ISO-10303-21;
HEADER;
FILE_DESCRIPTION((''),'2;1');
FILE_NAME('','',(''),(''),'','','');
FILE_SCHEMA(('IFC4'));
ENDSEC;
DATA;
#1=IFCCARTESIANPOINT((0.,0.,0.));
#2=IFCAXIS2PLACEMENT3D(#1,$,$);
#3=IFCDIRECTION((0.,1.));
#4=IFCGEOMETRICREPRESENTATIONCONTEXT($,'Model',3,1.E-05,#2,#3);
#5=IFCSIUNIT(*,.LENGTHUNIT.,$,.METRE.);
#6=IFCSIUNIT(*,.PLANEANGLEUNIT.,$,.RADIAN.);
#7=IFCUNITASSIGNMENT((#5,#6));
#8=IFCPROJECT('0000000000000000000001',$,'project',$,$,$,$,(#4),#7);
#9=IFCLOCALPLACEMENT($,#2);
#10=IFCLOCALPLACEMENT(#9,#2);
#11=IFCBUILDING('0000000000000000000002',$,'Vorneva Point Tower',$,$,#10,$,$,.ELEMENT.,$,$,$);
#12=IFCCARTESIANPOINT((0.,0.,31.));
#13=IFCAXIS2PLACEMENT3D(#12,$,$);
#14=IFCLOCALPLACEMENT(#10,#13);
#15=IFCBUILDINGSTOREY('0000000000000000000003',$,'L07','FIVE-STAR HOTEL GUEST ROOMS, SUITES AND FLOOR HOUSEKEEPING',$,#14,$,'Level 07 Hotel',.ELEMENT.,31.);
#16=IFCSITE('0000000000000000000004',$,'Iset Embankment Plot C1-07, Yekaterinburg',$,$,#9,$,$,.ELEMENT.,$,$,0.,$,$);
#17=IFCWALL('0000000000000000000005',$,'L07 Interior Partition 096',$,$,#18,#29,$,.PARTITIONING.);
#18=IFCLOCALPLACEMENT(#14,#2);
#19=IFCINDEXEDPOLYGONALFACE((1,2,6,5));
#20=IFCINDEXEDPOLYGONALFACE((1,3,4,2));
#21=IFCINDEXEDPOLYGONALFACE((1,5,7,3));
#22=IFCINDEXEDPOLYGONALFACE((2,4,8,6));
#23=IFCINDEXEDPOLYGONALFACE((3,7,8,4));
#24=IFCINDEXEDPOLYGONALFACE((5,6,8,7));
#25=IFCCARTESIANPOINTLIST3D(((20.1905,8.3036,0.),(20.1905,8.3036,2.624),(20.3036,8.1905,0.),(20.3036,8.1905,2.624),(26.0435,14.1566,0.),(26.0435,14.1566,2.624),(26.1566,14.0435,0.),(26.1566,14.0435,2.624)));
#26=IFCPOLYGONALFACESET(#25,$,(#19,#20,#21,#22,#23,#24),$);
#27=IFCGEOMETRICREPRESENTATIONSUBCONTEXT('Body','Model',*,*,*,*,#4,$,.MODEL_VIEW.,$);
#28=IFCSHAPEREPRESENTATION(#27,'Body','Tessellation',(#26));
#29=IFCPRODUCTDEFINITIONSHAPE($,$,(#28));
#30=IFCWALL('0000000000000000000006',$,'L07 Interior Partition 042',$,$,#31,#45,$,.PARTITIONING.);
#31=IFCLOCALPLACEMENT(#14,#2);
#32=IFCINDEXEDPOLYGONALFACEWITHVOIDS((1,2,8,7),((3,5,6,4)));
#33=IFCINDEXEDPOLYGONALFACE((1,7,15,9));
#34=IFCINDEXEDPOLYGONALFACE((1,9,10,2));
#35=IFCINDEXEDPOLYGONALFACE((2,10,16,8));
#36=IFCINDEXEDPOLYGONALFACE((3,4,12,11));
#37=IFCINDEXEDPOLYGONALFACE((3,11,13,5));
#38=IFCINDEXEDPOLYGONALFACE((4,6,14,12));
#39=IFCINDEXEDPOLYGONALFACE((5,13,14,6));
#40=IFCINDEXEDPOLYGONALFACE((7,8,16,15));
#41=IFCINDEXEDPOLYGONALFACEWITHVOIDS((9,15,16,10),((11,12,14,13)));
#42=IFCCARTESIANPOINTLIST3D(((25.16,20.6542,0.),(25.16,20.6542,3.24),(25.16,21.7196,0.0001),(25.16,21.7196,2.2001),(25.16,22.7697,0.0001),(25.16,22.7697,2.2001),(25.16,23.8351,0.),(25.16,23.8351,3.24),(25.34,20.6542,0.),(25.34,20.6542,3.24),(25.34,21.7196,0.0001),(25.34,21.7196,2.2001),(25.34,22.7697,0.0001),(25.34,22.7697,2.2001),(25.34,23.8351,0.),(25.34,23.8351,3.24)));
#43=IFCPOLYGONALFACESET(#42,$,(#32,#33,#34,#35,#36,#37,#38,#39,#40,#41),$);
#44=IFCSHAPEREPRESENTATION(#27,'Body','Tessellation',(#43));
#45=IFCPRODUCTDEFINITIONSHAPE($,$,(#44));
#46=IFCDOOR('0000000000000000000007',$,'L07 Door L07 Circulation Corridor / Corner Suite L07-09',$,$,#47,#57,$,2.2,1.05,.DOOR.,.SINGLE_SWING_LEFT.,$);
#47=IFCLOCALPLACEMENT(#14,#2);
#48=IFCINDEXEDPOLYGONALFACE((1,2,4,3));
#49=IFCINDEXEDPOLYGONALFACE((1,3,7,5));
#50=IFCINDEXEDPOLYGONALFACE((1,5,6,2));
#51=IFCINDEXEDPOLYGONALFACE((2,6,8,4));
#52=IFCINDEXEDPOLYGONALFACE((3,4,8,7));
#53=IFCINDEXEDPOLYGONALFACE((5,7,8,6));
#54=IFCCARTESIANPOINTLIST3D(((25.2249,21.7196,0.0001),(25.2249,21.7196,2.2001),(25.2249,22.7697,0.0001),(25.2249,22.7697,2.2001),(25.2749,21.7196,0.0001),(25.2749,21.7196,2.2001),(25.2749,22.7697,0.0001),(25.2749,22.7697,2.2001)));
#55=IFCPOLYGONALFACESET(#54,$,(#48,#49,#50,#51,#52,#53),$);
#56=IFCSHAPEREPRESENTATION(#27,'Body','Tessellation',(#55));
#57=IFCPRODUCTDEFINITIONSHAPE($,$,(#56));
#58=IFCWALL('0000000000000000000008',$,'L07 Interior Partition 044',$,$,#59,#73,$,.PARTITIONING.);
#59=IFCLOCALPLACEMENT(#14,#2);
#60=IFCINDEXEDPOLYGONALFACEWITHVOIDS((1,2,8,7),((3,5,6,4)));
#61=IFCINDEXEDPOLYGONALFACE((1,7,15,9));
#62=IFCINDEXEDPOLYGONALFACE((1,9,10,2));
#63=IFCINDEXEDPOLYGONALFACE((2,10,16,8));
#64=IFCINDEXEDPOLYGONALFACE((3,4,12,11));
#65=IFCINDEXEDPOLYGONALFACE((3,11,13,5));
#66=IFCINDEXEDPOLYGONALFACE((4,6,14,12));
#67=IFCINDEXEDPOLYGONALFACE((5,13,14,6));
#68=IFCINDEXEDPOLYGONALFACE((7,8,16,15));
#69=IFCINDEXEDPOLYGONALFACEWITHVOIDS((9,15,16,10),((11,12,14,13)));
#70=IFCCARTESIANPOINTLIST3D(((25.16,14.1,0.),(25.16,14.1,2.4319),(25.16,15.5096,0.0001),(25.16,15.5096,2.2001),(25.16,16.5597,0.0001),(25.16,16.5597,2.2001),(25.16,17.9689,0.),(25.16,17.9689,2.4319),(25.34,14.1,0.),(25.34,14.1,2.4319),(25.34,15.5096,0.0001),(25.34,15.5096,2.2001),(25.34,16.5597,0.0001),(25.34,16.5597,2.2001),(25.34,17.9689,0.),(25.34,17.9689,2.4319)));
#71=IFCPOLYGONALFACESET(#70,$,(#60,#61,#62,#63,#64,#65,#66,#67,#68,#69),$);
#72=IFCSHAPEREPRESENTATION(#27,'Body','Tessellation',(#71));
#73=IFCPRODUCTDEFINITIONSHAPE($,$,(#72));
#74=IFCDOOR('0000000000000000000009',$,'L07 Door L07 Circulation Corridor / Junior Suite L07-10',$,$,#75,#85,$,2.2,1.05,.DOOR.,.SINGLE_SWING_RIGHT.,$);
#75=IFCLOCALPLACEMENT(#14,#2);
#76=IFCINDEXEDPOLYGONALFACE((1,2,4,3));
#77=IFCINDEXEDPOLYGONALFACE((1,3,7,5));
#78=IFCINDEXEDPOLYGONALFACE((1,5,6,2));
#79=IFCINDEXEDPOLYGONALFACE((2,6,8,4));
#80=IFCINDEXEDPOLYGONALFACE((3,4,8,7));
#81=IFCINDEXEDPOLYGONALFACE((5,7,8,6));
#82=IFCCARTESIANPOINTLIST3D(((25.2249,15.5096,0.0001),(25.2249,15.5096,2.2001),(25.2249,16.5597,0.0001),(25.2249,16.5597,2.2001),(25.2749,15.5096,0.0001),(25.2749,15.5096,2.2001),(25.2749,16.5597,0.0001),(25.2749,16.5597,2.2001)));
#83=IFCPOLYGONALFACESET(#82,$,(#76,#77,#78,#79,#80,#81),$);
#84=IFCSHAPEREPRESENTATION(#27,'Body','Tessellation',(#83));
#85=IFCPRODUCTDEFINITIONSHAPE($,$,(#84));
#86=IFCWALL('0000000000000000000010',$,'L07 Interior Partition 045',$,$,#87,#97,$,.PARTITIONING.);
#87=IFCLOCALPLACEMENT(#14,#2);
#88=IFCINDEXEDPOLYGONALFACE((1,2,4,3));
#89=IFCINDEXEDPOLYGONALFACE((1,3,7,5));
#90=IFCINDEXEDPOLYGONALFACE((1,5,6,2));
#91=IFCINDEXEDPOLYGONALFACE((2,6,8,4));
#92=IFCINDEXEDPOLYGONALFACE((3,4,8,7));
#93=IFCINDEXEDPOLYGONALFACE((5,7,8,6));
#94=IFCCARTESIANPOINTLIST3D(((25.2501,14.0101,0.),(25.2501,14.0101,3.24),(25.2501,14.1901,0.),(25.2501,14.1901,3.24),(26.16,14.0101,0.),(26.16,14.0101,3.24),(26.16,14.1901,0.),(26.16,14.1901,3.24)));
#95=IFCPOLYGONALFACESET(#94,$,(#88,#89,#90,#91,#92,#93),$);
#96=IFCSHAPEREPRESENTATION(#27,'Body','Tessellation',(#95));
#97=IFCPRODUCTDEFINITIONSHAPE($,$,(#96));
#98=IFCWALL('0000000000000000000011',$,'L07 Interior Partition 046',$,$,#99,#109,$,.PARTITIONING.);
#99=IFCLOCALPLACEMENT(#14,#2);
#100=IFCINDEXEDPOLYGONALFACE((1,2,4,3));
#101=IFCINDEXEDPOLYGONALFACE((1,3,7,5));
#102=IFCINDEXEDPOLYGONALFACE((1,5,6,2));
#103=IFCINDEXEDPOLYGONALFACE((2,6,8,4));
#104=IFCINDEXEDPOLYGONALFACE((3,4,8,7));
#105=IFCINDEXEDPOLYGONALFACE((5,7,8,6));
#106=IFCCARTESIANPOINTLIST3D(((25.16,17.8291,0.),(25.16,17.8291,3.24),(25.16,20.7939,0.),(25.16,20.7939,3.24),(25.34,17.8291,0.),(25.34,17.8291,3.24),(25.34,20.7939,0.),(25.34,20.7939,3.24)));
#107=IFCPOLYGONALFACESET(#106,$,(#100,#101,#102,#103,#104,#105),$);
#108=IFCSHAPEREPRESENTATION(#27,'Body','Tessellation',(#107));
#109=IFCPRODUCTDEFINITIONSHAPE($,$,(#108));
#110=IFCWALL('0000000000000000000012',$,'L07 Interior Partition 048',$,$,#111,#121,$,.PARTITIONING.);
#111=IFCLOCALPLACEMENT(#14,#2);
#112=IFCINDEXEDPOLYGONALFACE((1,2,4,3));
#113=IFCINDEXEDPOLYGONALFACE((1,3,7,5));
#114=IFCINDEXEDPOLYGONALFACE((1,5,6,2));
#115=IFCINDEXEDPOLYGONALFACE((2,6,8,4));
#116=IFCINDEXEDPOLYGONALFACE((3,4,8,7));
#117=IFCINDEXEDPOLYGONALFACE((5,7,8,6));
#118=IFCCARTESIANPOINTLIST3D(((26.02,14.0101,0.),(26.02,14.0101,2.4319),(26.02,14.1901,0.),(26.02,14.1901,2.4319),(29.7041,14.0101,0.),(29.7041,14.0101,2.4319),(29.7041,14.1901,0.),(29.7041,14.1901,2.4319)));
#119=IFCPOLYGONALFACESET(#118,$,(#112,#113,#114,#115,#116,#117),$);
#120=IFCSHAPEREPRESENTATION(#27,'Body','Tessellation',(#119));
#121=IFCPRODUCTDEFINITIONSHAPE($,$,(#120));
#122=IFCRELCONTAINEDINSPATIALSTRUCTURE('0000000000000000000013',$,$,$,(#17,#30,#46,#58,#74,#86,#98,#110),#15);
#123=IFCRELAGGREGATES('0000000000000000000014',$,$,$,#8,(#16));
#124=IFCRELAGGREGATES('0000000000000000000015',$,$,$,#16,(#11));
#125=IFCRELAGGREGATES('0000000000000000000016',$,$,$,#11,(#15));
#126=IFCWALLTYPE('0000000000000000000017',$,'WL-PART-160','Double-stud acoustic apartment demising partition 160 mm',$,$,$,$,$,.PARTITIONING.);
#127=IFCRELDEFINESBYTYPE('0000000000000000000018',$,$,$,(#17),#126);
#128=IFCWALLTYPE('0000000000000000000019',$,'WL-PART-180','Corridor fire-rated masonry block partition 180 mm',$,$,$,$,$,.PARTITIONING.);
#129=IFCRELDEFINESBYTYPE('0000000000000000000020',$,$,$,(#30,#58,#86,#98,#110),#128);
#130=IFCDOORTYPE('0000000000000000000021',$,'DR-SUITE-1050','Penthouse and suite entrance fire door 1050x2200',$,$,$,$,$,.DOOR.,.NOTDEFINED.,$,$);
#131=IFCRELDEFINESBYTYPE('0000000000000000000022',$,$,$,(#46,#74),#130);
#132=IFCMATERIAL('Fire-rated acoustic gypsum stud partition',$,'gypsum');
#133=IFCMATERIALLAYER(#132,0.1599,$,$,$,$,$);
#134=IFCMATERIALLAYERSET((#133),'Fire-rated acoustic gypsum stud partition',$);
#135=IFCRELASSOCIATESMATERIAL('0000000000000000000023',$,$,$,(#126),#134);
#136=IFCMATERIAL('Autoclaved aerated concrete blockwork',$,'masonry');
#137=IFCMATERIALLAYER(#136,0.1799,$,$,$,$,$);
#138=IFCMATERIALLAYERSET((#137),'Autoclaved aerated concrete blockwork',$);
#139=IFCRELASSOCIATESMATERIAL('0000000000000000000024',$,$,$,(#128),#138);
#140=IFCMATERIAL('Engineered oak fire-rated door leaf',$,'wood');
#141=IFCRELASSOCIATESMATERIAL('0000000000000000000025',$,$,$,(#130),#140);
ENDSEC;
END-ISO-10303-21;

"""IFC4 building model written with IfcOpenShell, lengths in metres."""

from ifc_helpers import new_model, si_unit, direction, frame, frame_2d, origin, place, context, subcontext, project, spatial, rectangle, extrude, material, layer, layer_set, type_object, element, fill, save


model = new_model("IFC4")

# Units and contexts
model_context = context("Model", 3, precision=1e-05, world=origin(), true_north=direction((0.0, 1.0)))
body_context = subcontext(model_context, "Body", "Model", "MODEL_VIEW")
ifc_project = project(units=[si_unit("LENGTHUNIT", "METRE"), si_unit("PLANEANGLEUNIT", "RADIAN")], contexts=[model_context])

# Site, building, storey
site_placement = place(None, origin())
site = spatial("IfcSite", under=ifc_project, at=site_placement, Name="Iset Embankment Plot C1-07, Yekaterinburg", CompositionType="ELEMENT", RefElevation=0.0)
building_placement = place(site_placement, origin())
building = spatial("IfcBuilding", under=site, at=building_placement, Name="Vorneva Point Tower", CompositionType="ELEMENT")
storey_placement = place(building_placement, frame((0.0, 0.0, 31.0)))
storey = spatial("IfcBuildingStorey", under=building, at=storey_placement, Name="L07", Description="FIVE-STAR HOTEL GUEST ROOMS, SUITES AND FLOOR HOUSEKEEPING", LongName="Level 07 Hotel", CompositionType="ELEMENT", Elevation=31.0)

# Shared definitions
ifc_material_1 = material(Name="Fire-rated acoustic gypsum stud partition", Category="gypsum")

# Shared definitions
ifc_material_2 = material(Name="Engineered oak fire-rated door leaf", Category="wood")

# Wall
ifc_layer_1 = layer(ifc_material_1, 0.1599)
ifc_layer_set_1 = layer_set([ifc_layer_1], Name="Fire-rated acoustic gypsum stud partition")
wall_type_1 = type_object("IfcWallType", Name="WL-PART-160", Description="Double-stud acoustic apartment demising partition 160 mm", PredefinedType="PARTITIONING", material=ifc_layer_set_1)
wall_1_placement = place(storey_placement, frame((20.2471, 8.2471, 0.0), z_axis=(0.0, 0.0, 1.0), x_axis=(0.707107, 0.707107, 0.0)))
element("IfcWall", 1, at=wall_1_placement, inside=storey, type_object=wall_type_1, Name="L07 Interior Partition 096", PredefinedType="PARTITIONING", context=body_context, shape_type="SweptSolid", body=[
    extrude(rectangle(XDim=8.2773, YDim=0.1599, at=frame_2d((4.1387, 0.0))), origin(), (0.0, 0.0, 1.0), 2.624),
])

# Walls, openings, doors
ifc_material_3 = material(Name="Autoclaved aerated concrete blockwork", Category="masonry")
ifc_layer_2 = layer(ifc_material_3, 0.1799)
ifc_layer_set_2 = layer_set([ifc_layer_2], Name="Autoclaved aerated concrete blockwork")
wall_type_2 = type_object("IfcWallType", Name="WL-PART-180", Description="Corridor fire-rated masonry block partition 180 mm", PredefinedType="PARTITIONING", material=ifc_layer_set_2)
wall_2_placement = place(storey_placement, frame((25.25, 23.835, 0.0), z_axis=(0.0, 0.0, 1.0), x_axis=(0.0, -1.0, 0.0)))
wall_2 = element("IfcWall", 2, at=wall_2_placement, inside=storey, type_object=wall_type_2, Name="L07 Interior Partition 042", PredefinedType="PARTITIONING", context=body_context, shape_type="SweptSolid", body=[
    extrude(rectangle(XDim=3.1809, YDim=0.1799, at=frame_2d((1.5903, 0.0))), origin(), (0.0, 0.0, 1.0), 3.24),
])
opening_1_placement = place(wall_2_placement, frame((1.0654, 0.0, 0.0)))
opening_1 = element("IfcOpeningElement", 3, at=opening_1_placement, cuts=wall_2, PredefinedType="OPENING", context=body_context, shape_type="SweptSolid", body=[
    extrude(rectangle(XDim=1.05, YDim=2.2, at=frame_2d((0.5249, 1.1001))), frame((0.0, 0.105, 0.0), z_axis=(0.0, -1.0, 0.0), x_axis=(1.0, 0.0, 0.0)), (0.0, 0.0, 1.0), 0.2097),
])
door_type_1 = type_object("IfcDoorType", Name="DR-SUITE-1050", Description="Penthouse and suite entrance fire door 1050x2200", OperationType="NOTDEFINED", PredefinedType="DOOR", material=ifc_material_2)
door_1_placement = place(opening_1_placement, origin())
door_1 = element("IfcDoor", 4, at=door_1_placement, inside=storey, type_object=door_type_1, Name="L07 Door L07 Circulation Corridor / Corner Suite L07-09", OperationType="SINGLE_SWING_LEFT", OverallHeight=2.2, OverallWidth=1.05, PredefinedType="DOOR", context=body_context, shape_type="SweptSolid", body=[
    extrude(rectangle(XDim=1.05, YDim=2.2, at=frame_2d((0.5249, 1.1001))), frame((0.0, 0.0249, 0.0), z_axis=(0.0, -1.0, 0.0), x_axis=(1.0, 0.0, 0.0)), (0.0, 0.0, 1.0), 0.05),
])
fill(opening_1, door_1)
wall_3_placement = place(storey_placement, frame((25.25, 17.969, 0.0), z_axis=(0.0, 0.0, 1.0), x_axis=(0.0, -1.0, 0.0)))
wall_3 = element("IfcWall", 5, at=wall_3_placement, inside=storey, type_object=wall_type_2, Name="L07 Interior Partition 044", PredefinedType="PARTITIONING", context=body_context, shape_type="SweptSolid", body=[
    extrude(rectangle(XDim=3.8689, YDim=0.1799, at=frame_2d((1.9346, 0.0))), origin(), (0.0, 0.0, 1.0), 2.4319),
])
opening_2_placement = place(wall_3_placement, frame((1.4094, 0.0, 0.0)))
opening_2 = element("IfcOpeningElement", 6, at=opening_2_placement, cuts=wall_3, PredefinedType="OPENING", context=body_context, shape_type="SweptSolid", body=[
    extrude(rectangle(XDim=1.05, YDim=2.2, at=frame_2d((0.5249, 1.1001))), frame((0.0, 0.105, 0.0), z_axis=(0.0, -1.0, 0.0), x_axis=(1.0, 0.0, 0.0)), (0.0, 0.0, 1.0), 0.2097),
])
door_2_placement = place(opening_2_placement, origin())
door_2 = element("IfcDoor", 7, at=door_2_placement, inside=storey, type_object=door_type_1, Name="L07 Door L07 Circulation Corridor / Junior Suite L07-10", OperationType="SINGLE_SWING_RIGHT", OverallHeight=2.2, OverallWidth=1.05, PredefinedType="DOOR", context=body_context, shape_type="SweptSolid", body=[
    extrude(rectangle(XDim=1.05, YDim=2.2, at=frame_2d((0.5249, 1.1001))), frame((0.0, 0.0249, 0.0), z_axis=(0.0, -1.0, 0.0), x_axis=(1.0, 0.0, 0.0)), (0.0, 0.0, 1.0), 0.05),
])
fill(opening_2, door_2)

# Walls
wall_4_placement = place(storey_placement, frame((25.25, 14.1001, 0.0), z_axis=(0.0, 0.0, 1.0), x_axis=(1.0, 0.0, 0.0)))
element("IfcWall", 8, at=wall_4_placement, inside=storey, type_object=wall_type_2, Name="L07 Interior Partition 045", PredefinedType="PARTITIONING", context=body_context, shape_type="SweptSolid", body=[
    extrude(rectangle(XDim=0.9099, YDim=0.1799, at=frame_2d((0.4551, 0.0))), origin(), (0.0, 0.0, 1.0), 3.24),
])
wall_5_placement = place(storey_placement, frame((25.25, 20.7939, 0.0), z_axis=(0.0, 0.0, 1.0), x_axis=(0.0, -1.0, 0.0)))
element("IfcWall", 9, at=wall_5_placement, inside=storey, type_object=wall_type_2, Name="L07 Interior Partition 046", PredefinedType="PARTITIONING", context=body_context, shape_type="SweptSolid", body=[
    extrude(rectangle(XDim=2.9648, YDim=0.1799, at=frame_2d((1.4824, 0.0))), origin(), (0.0, 0.0, 1.0), 3.24),
])
wall_6_placement = place(storey_placement, frame((26.02, 14.1001, 0.0), z_axis=(0.0, 0.0, 1.0), x_axis=(1.0, 0.0, 0.0)))
element("IfcWall", 10, at=wall_6_placement, inside=storey, type_object=wall_type_2, Name="L07 Interior Partition 048", PredefinedType="PARTITIONING", context=body_context, shape_type="SweptSolid", body=[
    extrude(rectangle(XDim=3.6841, YDim=0.1799, at=frame_2d((1.842, 0.0))), origin(), (0.0, 0.0, 1.0), 2.4319),
])

save(model, "model.ifc")
